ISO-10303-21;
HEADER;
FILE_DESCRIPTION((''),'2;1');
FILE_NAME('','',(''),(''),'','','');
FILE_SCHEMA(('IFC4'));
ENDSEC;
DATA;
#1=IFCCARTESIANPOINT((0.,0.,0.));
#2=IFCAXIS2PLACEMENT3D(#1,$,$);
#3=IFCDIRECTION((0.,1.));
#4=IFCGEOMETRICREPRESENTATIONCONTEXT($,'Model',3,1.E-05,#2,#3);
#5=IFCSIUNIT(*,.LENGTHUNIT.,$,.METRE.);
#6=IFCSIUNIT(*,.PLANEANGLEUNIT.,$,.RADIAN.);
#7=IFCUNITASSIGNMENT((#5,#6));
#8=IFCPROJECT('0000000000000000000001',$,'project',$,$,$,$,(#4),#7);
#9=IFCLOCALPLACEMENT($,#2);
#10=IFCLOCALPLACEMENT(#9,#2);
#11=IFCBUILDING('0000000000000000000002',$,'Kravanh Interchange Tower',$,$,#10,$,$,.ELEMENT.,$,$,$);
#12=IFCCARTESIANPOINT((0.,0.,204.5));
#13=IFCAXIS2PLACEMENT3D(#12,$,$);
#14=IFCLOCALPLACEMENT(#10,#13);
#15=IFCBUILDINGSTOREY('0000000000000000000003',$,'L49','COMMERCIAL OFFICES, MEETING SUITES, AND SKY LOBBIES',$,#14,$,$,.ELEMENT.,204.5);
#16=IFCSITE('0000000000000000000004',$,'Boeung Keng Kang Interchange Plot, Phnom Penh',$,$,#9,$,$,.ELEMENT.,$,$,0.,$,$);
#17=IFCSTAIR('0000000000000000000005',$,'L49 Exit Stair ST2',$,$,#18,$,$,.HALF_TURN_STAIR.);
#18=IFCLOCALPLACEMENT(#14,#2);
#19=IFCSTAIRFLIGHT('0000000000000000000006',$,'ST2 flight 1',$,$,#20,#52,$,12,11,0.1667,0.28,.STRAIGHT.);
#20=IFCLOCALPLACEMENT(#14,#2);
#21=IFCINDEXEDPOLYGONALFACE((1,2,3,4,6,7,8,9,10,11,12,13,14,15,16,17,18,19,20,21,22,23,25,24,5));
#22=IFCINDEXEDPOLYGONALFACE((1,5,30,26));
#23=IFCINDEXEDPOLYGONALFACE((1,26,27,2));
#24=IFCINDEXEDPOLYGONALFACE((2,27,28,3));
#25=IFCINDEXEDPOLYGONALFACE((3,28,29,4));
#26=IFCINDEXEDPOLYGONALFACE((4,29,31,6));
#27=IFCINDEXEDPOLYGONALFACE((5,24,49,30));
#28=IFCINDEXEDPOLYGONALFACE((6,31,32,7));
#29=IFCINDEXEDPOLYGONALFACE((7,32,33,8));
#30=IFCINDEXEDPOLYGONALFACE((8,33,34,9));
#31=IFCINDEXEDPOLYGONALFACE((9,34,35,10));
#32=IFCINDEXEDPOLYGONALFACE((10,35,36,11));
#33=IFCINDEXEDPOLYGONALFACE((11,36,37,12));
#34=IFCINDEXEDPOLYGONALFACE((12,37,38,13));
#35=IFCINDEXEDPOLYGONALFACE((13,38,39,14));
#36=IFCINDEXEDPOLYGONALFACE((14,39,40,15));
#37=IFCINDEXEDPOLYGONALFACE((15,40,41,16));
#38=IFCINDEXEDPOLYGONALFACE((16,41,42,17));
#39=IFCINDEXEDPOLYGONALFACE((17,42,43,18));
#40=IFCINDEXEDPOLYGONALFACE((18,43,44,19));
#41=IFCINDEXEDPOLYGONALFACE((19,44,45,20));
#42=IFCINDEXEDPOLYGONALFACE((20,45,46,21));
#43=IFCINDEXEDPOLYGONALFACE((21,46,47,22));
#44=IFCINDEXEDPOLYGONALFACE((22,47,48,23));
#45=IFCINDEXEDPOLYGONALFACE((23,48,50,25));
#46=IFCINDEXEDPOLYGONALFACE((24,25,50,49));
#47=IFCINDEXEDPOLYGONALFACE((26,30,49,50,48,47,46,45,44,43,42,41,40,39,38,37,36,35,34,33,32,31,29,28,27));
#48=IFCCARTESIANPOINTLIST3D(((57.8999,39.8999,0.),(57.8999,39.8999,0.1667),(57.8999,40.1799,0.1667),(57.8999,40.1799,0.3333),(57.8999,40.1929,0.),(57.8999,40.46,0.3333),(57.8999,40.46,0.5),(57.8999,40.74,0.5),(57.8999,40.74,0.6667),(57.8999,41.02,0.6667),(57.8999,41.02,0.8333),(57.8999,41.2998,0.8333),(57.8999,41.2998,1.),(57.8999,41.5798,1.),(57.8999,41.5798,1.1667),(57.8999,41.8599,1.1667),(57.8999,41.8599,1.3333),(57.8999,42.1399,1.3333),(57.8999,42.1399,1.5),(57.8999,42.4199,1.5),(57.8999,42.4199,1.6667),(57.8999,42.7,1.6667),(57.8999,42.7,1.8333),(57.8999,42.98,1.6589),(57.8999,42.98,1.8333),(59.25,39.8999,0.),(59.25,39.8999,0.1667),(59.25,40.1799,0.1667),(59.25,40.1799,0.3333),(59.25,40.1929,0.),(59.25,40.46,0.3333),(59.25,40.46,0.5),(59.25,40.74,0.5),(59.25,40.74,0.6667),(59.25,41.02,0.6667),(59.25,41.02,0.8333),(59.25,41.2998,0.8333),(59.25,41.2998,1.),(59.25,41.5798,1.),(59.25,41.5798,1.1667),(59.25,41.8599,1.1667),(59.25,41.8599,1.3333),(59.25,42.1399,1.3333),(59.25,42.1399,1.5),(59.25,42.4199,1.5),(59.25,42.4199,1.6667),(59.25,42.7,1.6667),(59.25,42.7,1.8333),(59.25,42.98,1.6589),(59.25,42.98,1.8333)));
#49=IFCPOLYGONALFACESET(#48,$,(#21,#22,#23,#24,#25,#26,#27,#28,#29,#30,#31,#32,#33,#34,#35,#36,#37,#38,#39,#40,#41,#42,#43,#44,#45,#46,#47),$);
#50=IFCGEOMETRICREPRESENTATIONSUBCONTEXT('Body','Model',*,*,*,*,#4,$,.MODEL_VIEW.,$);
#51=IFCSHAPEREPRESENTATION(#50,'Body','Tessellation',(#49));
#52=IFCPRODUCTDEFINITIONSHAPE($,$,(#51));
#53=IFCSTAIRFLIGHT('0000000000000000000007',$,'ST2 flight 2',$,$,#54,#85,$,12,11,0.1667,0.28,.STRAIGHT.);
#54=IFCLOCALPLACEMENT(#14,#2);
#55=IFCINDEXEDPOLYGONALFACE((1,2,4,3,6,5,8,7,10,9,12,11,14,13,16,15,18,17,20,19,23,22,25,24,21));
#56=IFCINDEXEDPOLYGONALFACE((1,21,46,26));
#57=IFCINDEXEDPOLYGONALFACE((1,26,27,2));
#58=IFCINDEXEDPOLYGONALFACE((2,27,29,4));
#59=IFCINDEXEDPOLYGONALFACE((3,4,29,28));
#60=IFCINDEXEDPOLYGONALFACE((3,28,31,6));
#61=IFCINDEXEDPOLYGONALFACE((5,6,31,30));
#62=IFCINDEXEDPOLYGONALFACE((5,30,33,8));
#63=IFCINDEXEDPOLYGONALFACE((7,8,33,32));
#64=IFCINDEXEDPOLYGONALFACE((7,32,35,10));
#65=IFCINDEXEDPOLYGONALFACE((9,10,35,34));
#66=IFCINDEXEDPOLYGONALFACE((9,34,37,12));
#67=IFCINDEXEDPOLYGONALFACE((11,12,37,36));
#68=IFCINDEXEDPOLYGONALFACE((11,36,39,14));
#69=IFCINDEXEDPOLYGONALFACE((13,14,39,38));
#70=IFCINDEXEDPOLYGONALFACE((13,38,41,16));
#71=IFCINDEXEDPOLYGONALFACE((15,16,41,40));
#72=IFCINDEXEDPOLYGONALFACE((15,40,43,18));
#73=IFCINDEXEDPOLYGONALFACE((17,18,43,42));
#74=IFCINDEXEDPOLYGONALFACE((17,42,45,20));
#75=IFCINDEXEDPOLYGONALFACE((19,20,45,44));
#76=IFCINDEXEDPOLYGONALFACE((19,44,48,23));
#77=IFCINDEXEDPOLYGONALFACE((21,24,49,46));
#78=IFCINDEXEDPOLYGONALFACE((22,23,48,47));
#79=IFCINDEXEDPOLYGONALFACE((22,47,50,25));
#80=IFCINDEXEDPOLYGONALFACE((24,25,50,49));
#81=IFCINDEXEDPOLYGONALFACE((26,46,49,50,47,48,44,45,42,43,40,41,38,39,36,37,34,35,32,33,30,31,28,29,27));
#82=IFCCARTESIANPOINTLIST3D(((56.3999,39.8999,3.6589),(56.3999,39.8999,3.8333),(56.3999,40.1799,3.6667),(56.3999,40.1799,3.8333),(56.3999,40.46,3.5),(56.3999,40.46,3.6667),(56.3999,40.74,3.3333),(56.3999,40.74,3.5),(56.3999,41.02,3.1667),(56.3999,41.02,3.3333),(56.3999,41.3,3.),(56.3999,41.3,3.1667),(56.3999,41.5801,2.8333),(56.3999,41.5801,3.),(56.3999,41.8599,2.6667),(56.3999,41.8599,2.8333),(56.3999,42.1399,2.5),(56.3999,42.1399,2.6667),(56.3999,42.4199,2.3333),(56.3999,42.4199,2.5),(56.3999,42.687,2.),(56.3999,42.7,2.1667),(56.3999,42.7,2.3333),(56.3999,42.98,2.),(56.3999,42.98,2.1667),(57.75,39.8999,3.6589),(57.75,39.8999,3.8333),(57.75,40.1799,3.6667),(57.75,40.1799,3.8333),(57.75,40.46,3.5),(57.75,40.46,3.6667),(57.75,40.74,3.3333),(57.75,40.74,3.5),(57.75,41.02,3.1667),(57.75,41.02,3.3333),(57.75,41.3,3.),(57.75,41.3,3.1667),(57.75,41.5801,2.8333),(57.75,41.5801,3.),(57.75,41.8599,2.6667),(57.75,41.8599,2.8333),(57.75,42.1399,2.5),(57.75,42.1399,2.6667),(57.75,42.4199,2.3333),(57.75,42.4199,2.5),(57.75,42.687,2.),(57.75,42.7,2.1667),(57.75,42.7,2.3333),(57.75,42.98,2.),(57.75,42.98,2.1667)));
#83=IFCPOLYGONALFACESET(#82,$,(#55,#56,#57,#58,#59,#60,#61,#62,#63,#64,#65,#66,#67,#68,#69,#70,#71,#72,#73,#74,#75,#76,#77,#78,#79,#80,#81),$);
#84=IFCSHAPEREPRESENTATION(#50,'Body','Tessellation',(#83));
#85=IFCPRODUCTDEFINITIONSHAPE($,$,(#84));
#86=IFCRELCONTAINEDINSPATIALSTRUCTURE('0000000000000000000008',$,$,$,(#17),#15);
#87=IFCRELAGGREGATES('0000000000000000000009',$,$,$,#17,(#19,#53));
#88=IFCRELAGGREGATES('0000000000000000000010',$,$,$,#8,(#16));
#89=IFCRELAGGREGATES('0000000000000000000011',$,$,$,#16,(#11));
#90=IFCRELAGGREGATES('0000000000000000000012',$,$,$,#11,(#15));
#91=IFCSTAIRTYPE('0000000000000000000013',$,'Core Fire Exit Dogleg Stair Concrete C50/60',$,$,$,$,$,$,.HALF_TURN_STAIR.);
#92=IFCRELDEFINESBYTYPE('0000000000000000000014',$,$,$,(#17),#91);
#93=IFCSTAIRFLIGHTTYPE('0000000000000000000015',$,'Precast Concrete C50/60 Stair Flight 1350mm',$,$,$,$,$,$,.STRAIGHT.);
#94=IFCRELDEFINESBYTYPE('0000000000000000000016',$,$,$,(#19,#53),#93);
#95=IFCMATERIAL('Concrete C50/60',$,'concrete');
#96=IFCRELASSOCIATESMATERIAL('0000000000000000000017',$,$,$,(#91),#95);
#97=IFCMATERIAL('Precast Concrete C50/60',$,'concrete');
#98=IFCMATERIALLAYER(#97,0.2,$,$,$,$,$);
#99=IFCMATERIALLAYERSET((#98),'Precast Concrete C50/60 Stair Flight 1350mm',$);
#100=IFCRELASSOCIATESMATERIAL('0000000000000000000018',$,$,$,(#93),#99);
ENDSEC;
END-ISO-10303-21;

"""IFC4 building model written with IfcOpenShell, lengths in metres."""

from ifc_helpers import new_model, si_unit, direction, frame, origin, place, context, subcontext, project, spatial, polyline, outline, extrude, material, layer, layer_set, type_object, element, aggregate, save


model = new_model("IFC4")

# Units and contexts
model_context = context("Model", 3, precision=1e-05, world=origin(), true_north=direction((0.0, 1.0)))
body_context = subcontext(model_context, "Body", "Model", "MODEL_VIEW")
ifc_project = project(units=[si_unit("LENGTHUNIT", "METRE"), si_unit("PLANEANGLEUNIT", "RADIAN")], contexts=[model_context])

# Site, building, storey
site_placement = place(None, origin())
site = spatial("IfcSite", under=ifc_project, at=site_placement, Name="Boeung Keng Kang Interchange Plot, Phnom Penh", CompositionType="ELEMENT", RefElevation=0.0)
building_placement = place(site_placement, origin())
building = spatial("IfcBuilding", under=site, at=building_placement, Name="Kravanh Interchange Tower", CompositionType="ELEMENT")
storey_placement = place(building_placement, frame((0.0, 0.0, 204.5)))
storey = spatial("IfcBuildingStorey", under=building, at=storey_placement, Name="L49", Description="COMMERCIAL OFFICES, MEETING SUITES, AND SKY LOBBIES", CompositionType="ELEMENT", Elevation=204.5)

# Stair, stair flights
ifc_material_1 = material(Name="Concrete C50/60", Category="concrete")
stair_type = type_object("IfcStairType", Name="Core Fire Exit Dogleg Stair Concrete C50/60", PredefinedType="HALF_TURN_STAIR", material=ifc_material_1)
ifc_material_2 = material(Name="Precast Concrete C50/60", Category="concrete")
ifc_layer_1 = layer(ifc_material_2, 0.2)
ifc_layer_set_1 = layer_set([ifc_layer_1], Name="Precast Concrete C50/60 Stair Flight 1350mm")
stair_flight_type = type_object("IfcStairFlightType", Name="Precast Concrete C50/60 Stair Flight 1350mm", PredefinedType="STRAIGHT", material=ifc_layer_set_1)
stair_1_placement = place(storey_placement, origin())
stair_1 = element("IfcStair", 1, at=stair_1_placement, inside=storey, type_object=stair_type, Name="L49 Exit Stair ST2", PredefinedType="HALF_TURN_STAIR")
stair_flight_1_placement = place(storey_placement, frame((58.575, 39.8999, 0.0), z_axis=(0.0, 0.0, 1.0), x_axis=(0.0, 1.0, 0.0)))
stair_flight_1 = element("IfcStairFlight", 2, at=stair_flight_1_placement, type_object=stair_flight_type, Name="ST2 flight 1", NumberOfRisers=12, NumberOfTreads=11, PredefinedType="STRAIGHT", RiserHeight=0.1667, TreadLength=0.28, context=body_context, shape_type="SweptSolid", body=[
    extrude(outline(polyline([(0.0, 0.0), (0.0, 0.1667), (0.28, 0.1667), (0.28, 0.3333), (0.5601, 0.3333), (0.5601, 0.5), (0.8401, 0.5), (0.8401, 0.6667), (1.1201, 0.6667), (1.1201, 0.8333), (1.3999, 0.8333), (1.3999, 1.0), (1.6799, 1.0), (1.6799, 1.1667), (1.96, 1.1667), (1.96, 1.3333), (2.24, 1.3333), (2.24, 1.5), (2.52, 1.5), (2.52, 1.6667), (2.8, 1.6667), (2.8, 1.8333), (3.0801, 1.8333), (3.0801, 2.0), (3.0801, 1.6589), (0.293, 0.0), (0.0, 0.0)])), frame((0.0, 0.675, 0.0), z_axis=(0.0, -1.0, 0.0), x_axis=(1.0, 0.0, 0.0)), (0.0, 0.0, 1.0), 1.3501),
])
stair_flight_2_placement = place(storey_placement, frame((57.075, 42.98, 2.0), z_axis=(0.0, 0.0, 1.0), x_axis=(0.0, -1.0, 0.0)))
stair_flight_2 = element("IfcStairFlight", 3, at=stair_flight_2_placement, type_object=stair_flight_type, Name="ST2 flight 2", NumberOfRisers=12, NumberOfTreads=11, PredefinedType="STRAIGHT", RiserHeight=0.1667, TreadLength=0.28, context=body_context, shape_type="SweptSolid", body=[
    extrude(outline(polyline([(0.0, 0.0), (0.0, 0.1667), (0.28, 0.1667), (0.28, 0.3333), (0.5601, 0.3333), (0.5601, 0.5), (0.8401, 0.5), (0.8401, 0.6667), (1.1201, 0.6667), (1.1201, 0.8333), (1.3999, 0.8333), (1.3999, 1.0), (1.6799, 1.0), (1.6799, 1.1667), (1.96, 1.1667), (1.96, 1.3333), (2.24, 1.3333), (2.24, 1.5), (2.52, 1.5), (2.52, 1.6667), (2.8, 1.6667), (2.8, 1.8333), (3.0801, 1.8333), (3.0801, 2.0), (3.0801, 1.6589), (0.293, 0.0), (0.0, 0.0)])), frame((0.0, 0.675, 0.0), z_axis=(0.0, -1.0, 0.0), x_axis=(1.0, 0.0, 0.0)), (0.0, 0.0, 1.0), 1.3501),
])
aggregate(stair_1, [stair_flight_1, stair_flight_2])

save(model, "model.ifc")
